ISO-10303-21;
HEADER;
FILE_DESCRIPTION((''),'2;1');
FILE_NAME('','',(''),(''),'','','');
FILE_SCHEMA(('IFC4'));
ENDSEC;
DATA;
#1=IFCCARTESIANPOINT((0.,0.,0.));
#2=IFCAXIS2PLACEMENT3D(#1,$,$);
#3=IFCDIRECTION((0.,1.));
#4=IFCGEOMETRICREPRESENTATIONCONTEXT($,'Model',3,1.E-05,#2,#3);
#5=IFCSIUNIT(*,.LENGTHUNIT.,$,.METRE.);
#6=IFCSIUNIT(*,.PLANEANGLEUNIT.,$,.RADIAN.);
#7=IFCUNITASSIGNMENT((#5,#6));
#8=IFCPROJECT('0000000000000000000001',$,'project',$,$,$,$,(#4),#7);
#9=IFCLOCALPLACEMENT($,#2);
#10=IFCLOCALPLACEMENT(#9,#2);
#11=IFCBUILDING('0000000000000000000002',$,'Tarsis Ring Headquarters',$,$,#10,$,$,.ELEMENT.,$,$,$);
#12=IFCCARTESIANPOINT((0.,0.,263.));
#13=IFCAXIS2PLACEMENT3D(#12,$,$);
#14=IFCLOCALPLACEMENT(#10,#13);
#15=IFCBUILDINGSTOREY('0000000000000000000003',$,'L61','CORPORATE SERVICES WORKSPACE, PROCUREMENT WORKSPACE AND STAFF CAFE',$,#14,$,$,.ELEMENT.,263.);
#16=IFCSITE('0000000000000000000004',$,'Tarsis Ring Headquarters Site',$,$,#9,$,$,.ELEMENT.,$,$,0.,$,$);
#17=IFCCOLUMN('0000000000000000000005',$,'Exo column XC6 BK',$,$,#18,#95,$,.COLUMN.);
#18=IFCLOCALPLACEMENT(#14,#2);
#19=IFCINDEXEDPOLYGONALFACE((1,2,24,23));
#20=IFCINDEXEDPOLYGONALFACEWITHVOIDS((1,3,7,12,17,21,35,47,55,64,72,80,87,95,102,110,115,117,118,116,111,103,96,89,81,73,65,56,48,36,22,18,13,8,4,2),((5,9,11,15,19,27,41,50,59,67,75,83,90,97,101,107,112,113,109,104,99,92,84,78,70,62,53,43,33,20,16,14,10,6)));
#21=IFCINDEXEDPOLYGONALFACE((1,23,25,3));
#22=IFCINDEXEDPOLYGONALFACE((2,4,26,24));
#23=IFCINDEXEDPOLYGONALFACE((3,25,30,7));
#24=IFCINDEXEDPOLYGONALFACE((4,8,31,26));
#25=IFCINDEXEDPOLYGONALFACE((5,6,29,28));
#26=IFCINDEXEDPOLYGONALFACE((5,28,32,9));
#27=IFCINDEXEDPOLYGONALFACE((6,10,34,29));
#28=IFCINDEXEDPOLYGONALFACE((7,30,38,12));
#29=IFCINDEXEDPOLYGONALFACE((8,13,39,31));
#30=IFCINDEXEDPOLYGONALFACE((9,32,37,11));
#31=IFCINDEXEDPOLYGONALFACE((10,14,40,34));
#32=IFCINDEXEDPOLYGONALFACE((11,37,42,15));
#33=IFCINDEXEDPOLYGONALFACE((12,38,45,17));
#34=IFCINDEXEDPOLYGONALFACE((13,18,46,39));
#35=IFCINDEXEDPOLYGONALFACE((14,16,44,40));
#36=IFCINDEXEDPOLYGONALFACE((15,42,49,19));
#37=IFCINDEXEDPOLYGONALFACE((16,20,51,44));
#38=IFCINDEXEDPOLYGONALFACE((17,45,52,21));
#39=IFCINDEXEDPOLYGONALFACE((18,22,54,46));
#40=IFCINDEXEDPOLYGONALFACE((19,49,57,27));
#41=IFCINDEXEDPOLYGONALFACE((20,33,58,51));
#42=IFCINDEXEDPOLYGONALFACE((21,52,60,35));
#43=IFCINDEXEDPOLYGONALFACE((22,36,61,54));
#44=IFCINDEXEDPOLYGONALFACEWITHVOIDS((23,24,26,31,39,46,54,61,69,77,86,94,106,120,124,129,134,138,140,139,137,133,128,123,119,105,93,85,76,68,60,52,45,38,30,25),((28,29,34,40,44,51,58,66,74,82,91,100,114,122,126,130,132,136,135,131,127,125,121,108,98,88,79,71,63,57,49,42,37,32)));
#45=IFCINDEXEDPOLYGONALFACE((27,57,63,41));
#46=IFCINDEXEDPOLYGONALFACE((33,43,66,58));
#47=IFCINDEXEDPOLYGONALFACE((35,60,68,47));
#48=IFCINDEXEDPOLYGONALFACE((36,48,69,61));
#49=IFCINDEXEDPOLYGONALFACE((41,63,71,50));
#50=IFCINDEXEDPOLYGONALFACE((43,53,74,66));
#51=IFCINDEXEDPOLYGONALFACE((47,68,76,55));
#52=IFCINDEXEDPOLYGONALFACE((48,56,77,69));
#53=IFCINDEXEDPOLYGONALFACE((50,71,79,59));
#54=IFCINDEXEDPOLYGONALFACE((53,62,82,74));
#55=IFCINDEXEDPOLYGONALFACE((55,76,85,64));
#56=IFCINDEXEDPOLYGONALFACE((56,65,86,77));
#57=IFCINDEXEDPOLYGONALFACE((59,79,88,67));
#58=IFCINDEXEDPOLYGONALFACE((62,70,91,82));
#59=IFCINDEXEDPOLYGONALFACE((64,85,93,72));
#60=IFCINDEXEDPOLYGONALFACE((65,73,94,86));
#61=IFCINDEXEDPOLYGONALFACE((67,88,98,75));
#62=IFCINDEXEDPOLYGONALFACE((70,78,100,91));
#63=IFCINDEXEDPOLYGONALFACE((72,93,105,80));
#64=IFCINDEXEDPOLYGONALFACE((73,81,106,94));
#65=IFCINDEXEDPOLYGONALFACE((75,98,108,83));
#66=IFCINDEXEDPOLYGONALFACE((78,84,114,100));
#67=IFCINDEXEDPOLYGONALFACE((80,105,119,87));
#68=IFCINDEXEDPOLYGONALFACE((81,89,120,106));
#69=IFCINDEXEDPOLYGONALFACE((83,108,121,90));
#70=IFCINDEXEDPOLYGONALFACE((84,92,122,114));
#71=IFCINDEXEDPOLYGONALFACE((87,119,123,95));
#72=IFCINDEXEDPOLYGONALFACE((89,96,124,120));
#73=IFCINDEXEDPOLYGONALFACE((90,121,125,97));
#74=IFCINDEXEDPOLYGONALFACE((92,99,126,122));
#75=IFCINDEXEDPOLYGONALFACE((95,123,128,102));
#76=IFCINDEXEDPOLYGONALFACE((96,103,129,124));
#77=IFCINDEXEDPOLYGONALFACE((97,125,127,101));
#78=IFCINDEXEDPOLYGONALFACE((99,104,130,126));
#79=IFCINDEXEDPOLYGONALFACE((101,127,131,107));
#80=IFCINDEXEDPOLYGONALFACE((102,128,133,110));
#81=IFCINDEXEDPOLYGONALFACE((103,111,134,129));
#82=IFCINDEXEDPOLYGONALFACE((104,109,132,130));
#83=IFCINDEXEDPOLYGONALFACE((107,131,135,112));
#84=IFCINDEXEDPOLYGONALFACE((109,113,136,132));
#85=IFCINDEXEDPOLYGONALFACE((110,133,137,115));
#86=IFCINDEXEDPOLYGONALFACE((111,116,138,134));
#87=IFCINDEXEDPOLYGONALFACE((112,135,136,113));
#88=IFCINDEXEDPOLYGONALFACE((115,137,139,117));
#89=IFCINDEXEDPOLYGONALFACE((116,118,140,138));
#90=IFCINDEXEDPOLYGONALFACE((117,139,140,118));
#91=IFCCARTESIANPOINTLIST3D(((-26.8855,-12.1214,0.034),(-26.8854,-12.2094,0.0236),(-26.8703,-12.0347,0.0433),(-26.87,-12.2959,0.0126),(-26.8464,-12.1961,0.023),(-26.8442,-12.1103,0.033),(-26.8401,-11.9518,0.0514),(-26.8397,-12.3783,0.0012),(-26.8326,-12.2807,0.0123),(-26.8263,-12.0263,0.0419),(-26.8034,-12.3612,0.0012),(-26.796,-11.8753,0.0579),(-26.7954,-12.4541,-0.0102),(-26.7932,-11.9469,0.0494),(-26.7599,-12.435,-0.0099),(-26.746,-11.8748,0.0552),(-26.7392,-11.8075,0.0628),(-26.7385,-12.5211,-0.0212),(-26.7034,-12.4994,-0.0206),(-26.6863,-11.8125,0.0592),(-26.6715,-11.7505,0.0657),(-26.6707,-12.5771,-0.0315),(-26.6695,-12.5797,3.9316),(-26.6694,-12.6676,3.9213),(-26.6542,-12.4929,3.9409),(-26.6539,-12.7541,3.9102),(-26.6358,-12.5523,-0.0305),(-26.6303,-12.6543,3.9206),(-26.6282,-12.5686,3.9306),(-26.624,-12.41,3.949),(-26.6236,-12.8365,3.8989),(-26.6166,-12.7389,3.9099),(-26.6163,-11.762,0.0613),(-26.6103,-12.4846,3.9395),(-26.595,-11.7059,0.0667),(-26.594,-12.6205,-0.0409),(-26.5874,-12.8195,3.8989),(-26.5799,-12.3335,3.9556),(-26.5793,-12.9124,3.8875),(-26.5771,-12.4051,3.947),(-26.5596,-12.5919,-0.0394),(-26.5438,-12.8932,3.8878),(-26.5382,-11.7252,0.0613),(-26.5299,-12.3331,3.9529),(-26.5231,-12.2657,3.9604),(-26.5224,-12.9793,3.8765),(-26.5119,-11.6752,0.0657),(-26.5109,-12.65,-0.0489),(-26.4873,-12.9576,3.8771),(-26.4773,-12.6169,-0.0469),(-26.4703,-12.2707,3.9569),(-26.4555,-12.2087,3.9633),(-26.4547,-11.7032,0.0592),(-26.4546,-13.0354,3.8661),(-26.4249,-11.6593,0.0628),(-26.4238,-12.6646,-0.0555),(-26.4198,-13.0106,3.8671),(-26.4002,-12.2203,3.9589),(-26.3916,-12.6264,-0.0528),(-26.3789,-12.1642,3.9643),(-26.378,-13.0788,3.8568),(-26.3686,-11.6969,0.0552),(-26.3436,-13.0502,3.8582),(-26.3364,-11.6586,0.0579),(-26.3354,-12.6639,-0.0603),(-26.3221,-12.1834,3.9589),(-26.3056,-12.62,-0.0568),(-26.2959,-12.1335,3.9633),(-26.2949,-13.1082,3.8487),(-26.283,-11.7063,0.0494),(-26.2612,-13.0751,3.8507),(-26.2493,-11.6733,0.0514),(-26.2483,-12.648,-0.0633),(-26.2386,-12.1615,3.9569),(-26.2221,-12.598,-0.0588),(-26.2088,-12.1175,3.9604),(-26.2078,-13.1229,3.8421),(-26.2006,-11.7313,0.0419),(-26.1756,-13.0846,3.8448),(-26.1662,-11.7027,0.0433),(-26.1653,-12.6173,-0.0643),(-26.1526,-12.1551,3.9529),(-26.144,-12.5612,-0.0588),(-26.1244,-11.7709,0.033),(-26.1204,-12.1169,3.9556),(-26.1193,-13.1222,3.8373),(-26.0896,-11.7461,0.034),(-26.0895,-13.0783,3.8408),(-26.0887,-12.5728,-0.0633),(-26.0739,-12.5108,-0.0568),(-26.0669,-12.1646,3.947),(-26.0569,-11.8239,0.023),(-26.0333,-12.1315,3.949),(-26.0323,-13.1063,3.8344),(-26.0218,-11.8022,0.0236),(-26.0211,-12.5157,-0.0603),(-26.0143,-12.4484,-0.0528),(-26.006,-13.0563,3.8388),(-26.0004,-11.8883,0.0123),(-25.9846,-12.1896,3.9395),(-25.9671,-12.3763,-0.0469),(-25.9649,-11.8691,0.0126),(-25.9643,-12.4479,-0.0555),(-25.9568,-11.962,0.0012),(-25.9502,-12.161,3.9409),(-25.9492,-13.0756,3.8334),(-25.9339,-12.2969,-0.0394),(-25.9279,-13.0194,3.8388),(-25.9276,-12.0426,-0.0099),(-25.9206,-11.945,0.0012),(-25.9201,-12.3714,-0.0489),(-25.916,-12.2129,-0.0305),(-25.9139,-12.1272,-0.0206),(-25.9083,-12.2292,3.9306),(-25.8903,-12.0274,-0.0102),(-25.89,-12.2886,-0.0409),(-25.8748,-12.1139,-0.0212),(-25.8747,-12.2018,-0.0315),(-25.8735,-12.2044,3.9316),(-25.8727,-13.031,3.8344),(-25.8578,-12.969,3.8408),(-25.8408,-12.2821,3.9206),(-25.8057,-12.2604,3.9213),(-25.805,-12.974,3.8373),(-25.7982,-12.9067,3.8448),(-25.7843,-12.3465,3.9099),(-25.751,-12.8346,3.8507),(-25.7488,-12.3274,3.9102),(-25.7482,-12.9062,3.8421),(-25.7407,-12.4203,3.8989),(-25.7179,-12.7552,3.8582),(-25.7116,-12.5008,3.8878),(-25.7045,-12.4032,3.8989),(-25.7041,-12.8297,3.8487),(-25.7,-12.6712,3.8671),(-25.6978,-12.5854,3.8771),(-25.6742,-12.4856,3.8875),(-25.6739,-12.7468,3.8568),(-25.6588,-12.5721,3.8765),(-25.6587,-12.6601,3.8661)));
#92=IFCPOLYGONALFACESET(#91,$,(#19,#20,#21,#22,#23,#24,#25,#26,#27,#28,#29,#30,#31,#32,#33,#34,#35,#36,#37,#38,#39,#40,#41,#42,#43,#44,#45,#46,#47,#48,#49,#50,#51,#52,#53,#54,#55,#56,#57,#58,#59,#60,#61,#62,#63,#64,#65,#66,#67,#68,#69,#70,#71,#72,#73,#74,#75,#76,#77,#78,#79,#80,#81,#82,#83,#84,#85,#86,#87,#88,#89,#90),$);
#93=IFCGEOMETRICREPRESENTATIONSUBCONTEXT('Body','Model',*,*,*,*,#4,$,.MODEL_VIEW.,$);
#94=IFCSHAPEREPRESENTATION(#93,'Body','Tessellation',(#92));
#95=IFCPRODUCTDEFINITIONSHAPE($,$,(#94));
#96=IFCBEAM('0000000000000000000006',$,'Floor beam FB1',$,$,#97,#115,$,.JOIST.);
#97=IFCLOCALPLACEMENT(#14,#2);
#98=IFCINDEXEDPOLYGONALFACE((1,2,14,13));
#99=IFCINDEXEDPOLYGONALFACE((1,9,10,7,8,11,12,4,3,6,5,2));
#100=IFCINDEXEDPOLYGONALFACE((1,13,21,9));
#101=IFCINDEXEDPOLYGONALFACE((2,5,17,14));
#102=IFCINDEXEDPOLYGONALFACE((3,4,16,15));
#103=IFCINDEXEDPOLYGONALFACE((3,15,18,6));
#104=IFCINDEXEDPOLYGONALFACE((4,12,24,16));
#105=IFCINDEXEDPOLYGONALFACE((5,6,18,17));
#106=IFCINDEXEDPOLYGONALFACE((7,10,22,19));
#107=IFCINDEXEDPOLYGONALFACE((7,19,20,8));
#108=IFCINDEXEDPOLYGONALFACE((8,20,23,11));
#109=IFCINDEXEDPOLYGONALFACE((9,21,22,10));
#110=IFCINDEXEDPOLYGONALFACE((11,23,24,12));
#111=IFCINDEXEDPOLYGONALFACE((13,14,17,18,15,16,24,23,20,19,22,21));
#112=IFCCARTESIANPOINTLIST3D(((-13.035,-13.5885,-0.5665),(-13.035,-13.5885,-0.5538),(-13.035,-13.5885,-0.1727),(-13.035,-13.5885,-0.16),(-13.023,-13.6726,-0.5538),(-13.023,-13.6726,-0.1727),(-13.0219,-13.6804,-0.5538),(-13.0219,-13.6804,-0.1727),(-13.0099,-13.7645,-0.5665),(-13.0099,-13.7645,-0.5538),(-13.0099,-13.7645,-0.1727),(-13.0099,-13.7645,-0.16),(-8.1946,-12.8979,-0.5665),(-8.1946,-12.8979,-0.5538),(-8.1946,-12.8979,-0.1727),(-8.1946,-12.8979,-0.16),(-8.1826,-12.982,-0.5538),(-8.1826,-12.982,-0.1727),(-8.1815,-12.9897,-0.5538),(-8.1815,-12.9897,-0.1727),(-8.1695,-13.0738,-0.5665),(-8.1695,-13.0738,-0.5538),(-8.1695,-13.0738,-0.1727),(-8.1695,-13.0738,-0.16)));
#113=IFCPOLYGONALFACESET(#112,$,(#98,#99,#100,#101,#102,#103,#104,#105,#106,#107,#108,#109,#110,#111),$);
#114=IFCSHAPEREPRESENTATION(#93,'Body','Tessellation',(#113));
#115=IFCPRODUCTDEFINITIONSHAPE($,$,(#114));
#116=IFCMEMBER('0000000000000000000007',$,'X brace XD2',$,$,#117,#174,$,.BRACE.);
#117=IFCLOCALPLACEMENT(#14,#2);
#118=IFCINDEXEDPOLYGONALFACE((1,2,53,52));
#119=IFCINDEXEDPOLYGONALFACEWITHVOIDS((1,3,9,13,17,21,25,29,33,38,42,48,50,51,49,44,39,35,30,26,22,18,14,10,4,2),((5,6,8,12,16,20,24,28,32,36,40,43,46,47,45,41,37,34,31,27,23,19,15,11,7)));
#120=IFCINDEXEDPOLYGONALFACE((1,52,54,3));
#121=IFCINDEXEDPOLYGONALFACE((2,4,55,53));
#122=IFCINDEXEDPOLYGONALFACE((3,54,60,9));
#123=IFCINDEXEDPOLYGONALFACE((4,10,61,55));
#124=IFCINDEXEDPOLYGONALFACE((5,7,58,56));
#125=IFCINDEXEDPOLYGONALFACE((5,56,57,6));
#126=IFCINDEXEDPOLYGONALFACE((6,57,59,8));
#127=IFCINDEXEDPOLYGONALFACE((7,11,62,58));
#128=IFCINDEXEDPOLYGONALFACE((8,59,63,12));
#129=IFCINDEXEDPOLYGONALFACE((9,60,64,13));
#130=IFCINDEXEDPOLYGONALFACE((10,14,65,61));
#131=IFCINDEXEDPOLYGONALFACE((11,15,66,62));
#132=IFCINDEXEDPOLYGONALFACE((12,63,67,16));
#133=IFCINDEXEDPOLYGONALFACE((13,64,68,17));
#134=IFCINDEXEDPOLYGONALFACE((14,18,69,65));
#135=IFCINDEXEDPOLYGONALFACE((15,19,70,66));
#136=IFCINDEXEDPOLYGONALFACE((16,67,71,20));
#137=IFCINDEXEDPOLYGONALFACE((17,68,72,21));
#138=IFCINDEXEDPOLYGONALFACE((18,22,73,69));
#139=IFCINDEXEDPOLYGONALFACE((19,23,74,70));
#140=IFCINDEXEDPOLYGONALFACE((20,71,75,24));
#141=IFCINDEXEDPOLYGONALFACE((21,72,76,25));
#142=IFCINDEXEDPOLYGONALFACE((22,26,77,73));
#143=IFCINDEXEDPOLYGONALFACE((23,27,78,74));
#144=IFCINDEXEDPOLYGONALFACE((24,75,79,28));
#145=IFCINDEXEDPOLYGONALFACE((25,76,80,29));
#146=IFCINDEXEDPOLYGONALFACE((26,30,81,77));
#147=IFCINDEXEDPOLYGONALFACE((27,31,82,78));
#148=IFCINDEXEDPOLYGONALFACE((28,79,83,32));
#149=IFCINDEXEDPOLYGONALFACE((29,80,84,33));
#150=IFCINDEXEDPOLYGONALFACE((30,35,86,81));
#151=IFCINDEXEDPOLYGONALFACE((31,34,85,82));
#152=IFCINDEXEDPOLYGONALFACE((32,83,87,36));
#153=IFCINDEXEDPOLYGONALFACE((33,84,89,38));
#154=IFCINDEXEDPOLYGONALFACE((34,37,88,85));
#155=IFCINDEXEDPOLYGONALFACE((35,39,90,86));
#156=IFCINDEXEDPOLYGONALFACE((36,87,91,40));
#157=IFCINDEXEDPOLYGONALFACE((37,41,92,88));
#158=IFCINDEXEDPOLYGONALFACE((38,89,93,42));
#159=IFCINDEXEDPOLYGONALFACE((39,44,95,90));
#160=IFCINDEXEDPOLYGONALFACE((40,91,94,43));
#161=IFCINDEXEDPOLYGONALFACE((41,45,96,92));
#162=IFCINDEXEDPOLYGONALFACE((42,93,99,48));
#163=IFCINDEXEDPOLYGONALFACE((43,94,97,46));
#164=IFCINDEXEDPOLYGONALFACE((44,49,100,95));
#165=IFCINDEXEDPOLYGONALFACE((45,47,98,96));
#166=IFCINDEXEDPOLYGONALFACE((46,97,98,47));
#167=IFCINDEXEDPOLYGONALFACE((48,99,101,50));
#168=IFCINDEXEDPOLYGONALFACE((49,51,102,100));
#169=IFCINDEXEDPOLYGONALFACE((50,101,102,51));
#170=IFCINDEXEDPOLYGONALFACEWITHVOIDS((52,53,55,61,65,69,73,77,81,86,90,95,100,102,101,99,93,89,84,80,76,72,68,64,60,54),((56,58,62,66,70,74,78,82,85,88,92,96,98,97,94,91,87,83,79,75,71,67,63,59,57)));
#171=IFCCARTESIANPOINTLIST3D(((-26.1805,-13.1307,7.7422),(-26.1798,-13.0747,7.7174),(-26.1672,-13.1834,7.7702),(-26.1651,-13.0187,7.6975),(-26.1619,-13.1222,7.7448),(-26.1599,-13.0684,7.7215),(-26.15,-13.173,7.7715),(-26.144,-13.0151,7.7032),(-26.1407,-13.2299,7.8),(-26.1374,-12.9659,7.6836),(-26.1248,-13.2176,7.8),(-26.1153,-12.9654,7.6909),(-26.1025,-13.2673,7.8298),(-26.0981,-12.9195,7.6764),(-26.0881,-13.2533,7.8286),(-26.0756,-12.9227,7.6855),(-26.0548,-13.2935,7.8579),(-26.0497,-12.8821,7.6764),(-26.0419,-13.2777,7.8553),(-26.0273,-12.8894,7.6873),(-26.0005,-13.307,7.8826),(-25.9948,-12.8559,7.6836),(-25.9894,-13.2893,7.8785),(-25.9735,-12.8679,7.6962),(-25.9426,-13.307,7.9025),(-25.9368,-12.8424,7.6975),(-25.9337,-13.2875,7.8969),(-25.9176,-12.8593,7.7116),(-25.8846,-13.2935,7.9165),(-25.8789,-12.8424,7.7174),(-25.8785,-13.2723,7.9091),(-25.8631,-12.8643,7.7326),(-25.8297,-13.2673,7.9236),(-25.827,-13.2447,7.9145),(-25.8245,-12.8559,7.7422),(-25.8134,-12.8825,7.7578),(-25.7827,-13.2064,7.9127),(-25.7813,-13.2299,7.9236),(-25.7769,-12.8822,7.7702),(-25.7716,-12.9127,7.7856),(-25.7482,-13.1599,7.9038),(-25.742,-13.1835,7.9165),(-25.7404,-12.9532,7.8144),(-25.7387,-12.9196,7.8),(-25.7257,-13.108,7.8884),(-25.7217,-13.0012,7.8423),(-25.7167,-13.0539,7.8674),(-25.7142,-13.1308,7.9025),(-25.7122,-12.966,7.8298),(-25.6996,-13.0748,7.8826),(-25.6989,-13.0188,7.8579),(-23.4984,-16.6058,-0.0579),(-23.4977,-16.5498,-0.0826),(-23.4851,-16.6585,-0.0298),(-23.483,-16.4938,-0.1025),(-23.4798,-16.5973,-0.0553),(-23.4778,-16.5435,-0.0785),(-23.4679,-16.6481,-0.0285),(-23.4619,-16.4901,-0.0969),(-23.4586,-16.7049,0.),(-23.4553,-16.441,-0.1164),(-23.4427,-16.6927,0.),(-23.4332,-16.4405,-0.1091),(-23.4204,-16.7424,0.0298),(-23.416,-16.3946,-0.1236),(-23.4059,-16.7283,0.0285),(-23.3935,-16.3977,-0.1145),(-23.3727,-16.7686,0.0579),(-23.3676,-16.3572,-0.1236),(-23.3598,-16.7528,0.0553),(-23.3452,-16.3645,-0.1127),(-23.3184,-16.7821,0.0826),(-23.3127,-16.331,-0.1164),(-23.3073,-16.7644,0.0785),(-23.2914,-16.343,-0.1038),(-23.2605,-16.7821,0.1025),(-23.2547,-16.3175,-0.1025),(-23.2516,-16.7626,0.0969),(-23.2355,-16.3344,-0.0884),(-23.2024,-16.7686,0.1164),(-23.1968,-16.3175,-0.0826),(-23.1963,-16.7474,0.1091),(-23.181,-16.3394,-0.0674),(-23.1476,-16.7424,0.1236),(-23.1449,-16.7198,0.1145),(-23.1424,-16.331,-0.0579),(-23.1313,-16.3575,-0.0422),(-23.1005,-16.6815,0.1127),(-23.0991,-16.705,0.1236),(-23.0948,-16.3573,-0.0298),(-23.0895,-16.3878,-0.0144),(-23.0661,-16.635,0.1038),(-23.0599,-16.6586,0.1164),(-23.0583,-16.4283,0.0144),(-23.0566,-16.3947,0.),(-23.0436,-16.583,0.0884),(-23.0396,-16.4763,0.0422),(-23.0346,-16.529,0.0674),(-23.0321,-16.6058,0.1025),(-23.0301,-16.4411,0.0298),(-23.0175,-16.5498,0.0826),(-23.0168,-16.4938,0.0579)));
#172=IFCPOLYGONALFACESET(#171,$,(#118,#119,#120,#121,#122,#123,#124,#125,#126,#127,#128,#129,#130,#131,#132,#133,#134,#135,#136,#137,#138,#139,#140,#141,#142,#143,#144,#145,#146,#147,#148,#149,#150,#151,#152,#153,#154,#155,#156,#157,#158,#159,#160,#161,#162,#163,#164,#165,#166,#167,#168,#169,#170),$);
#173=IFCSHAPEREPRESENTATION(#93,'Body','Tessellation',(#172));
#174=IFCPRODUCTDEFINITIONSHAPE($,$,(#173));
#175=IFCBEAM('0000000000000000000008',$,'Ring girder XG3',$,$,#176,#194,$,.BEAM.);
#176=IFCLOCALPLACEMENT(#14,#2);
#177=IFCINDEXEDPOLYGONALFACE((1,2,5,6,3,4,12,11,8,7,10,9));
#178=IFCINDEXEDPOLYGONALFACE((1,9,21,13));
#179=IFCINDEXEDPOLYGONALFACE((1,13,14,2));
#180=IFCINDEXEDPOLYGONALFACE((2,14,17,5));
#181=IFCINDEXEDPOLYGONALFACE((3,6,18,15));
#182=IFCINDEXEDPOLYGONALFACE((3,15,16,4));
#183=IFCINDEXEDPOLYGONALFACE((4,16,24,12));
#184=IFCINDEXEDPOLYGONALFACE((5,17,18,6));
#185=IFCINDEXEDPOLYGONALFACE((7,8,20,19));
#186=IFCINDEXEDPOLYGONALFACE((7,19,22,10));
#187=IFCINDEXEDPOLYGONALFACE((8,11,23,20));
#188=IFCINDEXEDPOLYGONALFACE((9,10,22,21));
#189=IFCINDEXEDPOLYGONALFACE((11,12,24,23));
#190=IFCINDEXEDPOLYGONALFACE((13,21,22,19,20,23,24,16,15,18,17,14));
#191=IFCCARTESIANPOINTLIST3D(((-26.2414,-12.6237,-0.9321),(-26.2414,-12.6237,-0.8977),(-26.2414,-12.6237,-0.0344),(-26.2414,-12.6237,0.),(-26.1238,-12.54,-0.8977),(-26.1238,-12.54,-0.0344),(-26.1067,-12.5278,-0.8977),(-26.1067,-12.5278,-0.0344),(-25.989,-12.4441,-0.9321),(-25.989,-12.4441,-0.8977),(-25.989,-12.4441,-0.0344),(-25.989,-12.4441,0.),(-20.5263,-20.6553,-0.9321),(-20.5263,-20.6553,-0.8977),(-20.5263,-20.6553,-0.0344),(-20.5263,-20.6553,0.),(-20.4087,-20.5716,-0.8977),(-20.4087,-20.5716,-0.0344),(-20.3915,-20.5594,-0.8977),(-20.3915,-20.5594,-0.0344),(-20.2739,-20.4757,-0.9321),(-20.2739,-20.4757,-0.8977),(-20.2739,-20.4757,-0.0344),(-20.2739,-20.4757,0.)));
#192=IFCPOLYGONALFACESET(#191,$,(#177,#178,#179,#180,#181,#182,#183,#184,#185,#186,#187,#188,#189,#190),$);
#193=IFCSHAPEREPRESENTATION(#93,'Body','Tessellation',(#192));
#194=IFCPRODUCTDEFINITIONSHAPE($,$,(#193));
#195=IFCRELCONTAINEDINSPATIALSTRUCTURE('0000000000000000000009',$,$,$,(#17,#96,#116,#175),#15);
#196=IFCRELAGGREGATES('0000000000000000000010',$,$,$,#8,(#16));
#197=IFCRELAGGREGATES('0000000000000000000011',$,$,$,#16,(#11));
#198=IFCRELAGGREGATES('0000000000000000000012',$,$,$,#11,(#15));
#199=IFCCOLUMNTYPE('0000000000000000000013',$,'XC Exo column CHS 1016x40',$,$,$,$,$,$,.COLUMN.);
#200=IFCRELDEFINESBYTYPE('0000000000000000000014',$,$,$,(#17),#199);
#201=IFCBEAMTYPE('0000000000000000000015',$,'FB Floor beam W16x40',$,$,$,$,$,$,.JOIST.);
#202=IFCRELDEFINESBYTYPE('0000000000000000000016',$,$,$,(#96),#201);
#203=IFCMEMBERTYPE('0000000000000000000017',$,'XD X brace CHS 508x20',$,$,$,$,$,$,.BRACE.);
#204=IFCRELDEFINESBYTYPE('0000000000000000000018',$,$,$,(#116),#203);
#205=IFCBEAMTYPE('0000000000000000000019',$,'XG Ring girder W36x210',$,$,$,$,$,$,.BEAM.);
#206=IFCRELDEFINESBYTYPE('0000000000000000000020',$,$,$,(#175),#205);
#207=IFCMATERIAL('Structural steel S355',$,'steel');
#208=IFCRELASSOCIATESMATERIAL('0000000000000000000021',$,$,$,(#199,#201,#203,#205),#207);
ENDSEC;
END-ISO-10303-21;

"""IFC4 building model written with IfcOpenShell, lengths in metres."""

from ifc_helpers import new_model, si_unit, direction, frame, origin, origin_2d, place, context, subcontext, project, spatial, hollow_circle, i_section, extrude, material, material_profile, profile_set, type_object, element, save


model = new_model("IFC4")

# Units and contexts
model_context = context("Model", 3, precision=1e-05, world=origin(), true_north=direction((0.0, 1.0)))
body_context = subcontext(model_context, "Body", "Model", "MODEL_VIEW")
ifc_project = project(units=[si_unit("LENGTHUNIT", "METRE"), si_unit("PLANEANGLEUNIT", "RADIAN")], contexts=[model_context])

# Site, building, storey
site_placement = place(None, origin())
site = spatial("IfcSite", under=ifc_project, at=site_placement, Name="Tarsis Ring Headquarters Site", CompositionType="ELEMENT", RefElevation=0.0)
building_placement = place(site_placement, origin())
building = spatial("IfcBuilding", under=site, at=building_placement, Name="Tarsis Ring Headquarters", CompositionType="ELEMENT")
storey_placement = place(building_placement, frame((0.0, 0.0, 263.0)))
storey = spatial("IfcBuildingStorey", under=building, at=storey_placement, Name="L61", Description="CORPORATE SERVICES WORKSPACE, PROCUREMENT WORKSPACE AND STAFF CAFE", CompositionType="ELEMENT", Elevation=263.0)

# Column
ifc_material_1 = material(Name="Structural steel S355", Category="steel")
ifc_material_profile_1 = material_profile(ifc_material_1, hollow_circle(Radius=0.5081, WallThickness=0.04, at=origin_2d()), Name="CHS 1016x40")
ifc_profile_set_1 = profile_set([ifc_material_profile_1], Name="Structural steel S355")
column_type = type_object("IfcColumnType", Name="XC Exo column CHS 1016x40", PredefinedType="COLUMN", material=ifc_profile_set_1)
column_placement = place(storey_placement, frame((-26.3801, -12.1616, 0.0012), z_axis=(0.054971, -0.116589, 0.991658), x_axis=(0.904502, 0.42647, 0.0)))
element("IfcColumn", 1, at=column_placement, inside=storey, type_object=column_type, Name="Exo column XC6 BK", PredefinedType="COLUMN", context=body_context, shape_type="SweptSolid", body=[
    extrude(hollow_circle(Radius=0.5081, WallThickness=0.04, at=origin_2d()), origin(), (0.0, 0.0, 1.0), 3.9304),
])

# Beam
ifc_material_profile_2 = material_profile(ifc_material_1, i_section(OverallWidth=0.1777, OverallDepth=0.4065, WebThickness=0.0078, FlangeThickness=0.0127, at=origin_2d()), Name="W16x40")
ifc_profile_set_2 = profile_set([ifc_material_profile_2], Name="Structural steel S355")
beam_type_1 = type_object("IfcBeamType", Name="FB Floor beam W16x40", PredefinedType="JOIST", material=ifc_profile_set_2)
beam_1_placement = place(storey_placement, frame((-13.0225, -13.6765, -0.3633), z_axis=(0.989972, 0.141261, 0.0), x_axis=(-0.141261, 0.989972, 0.0)))
element("IfcBeam", 2, at=beam_1_placement, inside=storey, type_object=beam_type_1, Name="Floor beam FB1", PredefinedType="JOIST", context=body_context, shape_type="SweptSolid", body=[
    extrude(i_section(OverallWidth=0.1777, OverallDepth=0.4065, WebThickness=0.0078, FlangeThickness=0.0127, at=origin_2d()), origin(), (0.0, 0.0, 1.0), 4.8894),
])

# Member
ifc_material_profile_3 = material_profile(ifc_material_1, hollow_circle(Radius=0.2539, WallThickness=0.02, at=origin_2d()), Name="CHS 508x20")
ifc_profile_set_3 = profile_set([ifc_material_profile_3], Name="Structural steel S355")
member_type = type_object("IfcMemberType", Name="XD X brace CHS 508x20", PredefinedType="BRACE", material=ifc_profile_set_3)
member_placement = place(storey_placement, frame((-23.2576, -16.5498, 0.0), z_axis=(-0.299664, 0.388259, 0.871468), x_axis=(-0.791635, -0.610995, 0.0)))
element("IfcMember", 3, at=member_placement, inside=storey, type_object=member_type, Name="X brace XD2", PredefinedType="BRACE", context=body_context, shape_type="SweptSolid", body=[
    extrude(hollow_circle(Radius=0.2539, WallThickness=0.02, at=origin_2d()), origin(), (0.0, 0.0, 1.0), 8.9504),
])

# Beam
ifc_material_profile_4 = material_profile(ifc_material_1, i_section(OverallWidth=0.3098, OverallDepth=0.9321, WebThickness=0.021, FlangeThickness=0.0344, at=origin_2d()), Name="W36x210")
ifc_profile_set_4 = profile_set([ifc_material_profile_4], Name="Structural steel S355")
beam_type_2 = type_object("IfcBeamType", Name="XG Ring girder W36x210", PredefinedType="BEAM", material=ifc_profile_set_4)
beam_2_placement = place(storey_placement, frame((-26.1152, -12.5339, -0.4661), z_axis=(0.57978, -0.814773, 0.0), x_axis=(0.814773, 0.57978, 0.0)))
element("IfcBeam", 4, at=beam_2_placement, inside=storey, type_object=beam_type_2, Name="Ring girder XG3", PredefinedType="BEAM", context=body_context, shape_type="SweptSolid", body=[
    extrude(i_section(OverallWidth=0.3098, OverallDepth=0.9321, WebThickness=0.021, FlangeThickness=0.0344, at=origin_2d()), origin(), (0.0, 0.0, 1.0), 9.8574),
])

save(model, "model.ifc")
